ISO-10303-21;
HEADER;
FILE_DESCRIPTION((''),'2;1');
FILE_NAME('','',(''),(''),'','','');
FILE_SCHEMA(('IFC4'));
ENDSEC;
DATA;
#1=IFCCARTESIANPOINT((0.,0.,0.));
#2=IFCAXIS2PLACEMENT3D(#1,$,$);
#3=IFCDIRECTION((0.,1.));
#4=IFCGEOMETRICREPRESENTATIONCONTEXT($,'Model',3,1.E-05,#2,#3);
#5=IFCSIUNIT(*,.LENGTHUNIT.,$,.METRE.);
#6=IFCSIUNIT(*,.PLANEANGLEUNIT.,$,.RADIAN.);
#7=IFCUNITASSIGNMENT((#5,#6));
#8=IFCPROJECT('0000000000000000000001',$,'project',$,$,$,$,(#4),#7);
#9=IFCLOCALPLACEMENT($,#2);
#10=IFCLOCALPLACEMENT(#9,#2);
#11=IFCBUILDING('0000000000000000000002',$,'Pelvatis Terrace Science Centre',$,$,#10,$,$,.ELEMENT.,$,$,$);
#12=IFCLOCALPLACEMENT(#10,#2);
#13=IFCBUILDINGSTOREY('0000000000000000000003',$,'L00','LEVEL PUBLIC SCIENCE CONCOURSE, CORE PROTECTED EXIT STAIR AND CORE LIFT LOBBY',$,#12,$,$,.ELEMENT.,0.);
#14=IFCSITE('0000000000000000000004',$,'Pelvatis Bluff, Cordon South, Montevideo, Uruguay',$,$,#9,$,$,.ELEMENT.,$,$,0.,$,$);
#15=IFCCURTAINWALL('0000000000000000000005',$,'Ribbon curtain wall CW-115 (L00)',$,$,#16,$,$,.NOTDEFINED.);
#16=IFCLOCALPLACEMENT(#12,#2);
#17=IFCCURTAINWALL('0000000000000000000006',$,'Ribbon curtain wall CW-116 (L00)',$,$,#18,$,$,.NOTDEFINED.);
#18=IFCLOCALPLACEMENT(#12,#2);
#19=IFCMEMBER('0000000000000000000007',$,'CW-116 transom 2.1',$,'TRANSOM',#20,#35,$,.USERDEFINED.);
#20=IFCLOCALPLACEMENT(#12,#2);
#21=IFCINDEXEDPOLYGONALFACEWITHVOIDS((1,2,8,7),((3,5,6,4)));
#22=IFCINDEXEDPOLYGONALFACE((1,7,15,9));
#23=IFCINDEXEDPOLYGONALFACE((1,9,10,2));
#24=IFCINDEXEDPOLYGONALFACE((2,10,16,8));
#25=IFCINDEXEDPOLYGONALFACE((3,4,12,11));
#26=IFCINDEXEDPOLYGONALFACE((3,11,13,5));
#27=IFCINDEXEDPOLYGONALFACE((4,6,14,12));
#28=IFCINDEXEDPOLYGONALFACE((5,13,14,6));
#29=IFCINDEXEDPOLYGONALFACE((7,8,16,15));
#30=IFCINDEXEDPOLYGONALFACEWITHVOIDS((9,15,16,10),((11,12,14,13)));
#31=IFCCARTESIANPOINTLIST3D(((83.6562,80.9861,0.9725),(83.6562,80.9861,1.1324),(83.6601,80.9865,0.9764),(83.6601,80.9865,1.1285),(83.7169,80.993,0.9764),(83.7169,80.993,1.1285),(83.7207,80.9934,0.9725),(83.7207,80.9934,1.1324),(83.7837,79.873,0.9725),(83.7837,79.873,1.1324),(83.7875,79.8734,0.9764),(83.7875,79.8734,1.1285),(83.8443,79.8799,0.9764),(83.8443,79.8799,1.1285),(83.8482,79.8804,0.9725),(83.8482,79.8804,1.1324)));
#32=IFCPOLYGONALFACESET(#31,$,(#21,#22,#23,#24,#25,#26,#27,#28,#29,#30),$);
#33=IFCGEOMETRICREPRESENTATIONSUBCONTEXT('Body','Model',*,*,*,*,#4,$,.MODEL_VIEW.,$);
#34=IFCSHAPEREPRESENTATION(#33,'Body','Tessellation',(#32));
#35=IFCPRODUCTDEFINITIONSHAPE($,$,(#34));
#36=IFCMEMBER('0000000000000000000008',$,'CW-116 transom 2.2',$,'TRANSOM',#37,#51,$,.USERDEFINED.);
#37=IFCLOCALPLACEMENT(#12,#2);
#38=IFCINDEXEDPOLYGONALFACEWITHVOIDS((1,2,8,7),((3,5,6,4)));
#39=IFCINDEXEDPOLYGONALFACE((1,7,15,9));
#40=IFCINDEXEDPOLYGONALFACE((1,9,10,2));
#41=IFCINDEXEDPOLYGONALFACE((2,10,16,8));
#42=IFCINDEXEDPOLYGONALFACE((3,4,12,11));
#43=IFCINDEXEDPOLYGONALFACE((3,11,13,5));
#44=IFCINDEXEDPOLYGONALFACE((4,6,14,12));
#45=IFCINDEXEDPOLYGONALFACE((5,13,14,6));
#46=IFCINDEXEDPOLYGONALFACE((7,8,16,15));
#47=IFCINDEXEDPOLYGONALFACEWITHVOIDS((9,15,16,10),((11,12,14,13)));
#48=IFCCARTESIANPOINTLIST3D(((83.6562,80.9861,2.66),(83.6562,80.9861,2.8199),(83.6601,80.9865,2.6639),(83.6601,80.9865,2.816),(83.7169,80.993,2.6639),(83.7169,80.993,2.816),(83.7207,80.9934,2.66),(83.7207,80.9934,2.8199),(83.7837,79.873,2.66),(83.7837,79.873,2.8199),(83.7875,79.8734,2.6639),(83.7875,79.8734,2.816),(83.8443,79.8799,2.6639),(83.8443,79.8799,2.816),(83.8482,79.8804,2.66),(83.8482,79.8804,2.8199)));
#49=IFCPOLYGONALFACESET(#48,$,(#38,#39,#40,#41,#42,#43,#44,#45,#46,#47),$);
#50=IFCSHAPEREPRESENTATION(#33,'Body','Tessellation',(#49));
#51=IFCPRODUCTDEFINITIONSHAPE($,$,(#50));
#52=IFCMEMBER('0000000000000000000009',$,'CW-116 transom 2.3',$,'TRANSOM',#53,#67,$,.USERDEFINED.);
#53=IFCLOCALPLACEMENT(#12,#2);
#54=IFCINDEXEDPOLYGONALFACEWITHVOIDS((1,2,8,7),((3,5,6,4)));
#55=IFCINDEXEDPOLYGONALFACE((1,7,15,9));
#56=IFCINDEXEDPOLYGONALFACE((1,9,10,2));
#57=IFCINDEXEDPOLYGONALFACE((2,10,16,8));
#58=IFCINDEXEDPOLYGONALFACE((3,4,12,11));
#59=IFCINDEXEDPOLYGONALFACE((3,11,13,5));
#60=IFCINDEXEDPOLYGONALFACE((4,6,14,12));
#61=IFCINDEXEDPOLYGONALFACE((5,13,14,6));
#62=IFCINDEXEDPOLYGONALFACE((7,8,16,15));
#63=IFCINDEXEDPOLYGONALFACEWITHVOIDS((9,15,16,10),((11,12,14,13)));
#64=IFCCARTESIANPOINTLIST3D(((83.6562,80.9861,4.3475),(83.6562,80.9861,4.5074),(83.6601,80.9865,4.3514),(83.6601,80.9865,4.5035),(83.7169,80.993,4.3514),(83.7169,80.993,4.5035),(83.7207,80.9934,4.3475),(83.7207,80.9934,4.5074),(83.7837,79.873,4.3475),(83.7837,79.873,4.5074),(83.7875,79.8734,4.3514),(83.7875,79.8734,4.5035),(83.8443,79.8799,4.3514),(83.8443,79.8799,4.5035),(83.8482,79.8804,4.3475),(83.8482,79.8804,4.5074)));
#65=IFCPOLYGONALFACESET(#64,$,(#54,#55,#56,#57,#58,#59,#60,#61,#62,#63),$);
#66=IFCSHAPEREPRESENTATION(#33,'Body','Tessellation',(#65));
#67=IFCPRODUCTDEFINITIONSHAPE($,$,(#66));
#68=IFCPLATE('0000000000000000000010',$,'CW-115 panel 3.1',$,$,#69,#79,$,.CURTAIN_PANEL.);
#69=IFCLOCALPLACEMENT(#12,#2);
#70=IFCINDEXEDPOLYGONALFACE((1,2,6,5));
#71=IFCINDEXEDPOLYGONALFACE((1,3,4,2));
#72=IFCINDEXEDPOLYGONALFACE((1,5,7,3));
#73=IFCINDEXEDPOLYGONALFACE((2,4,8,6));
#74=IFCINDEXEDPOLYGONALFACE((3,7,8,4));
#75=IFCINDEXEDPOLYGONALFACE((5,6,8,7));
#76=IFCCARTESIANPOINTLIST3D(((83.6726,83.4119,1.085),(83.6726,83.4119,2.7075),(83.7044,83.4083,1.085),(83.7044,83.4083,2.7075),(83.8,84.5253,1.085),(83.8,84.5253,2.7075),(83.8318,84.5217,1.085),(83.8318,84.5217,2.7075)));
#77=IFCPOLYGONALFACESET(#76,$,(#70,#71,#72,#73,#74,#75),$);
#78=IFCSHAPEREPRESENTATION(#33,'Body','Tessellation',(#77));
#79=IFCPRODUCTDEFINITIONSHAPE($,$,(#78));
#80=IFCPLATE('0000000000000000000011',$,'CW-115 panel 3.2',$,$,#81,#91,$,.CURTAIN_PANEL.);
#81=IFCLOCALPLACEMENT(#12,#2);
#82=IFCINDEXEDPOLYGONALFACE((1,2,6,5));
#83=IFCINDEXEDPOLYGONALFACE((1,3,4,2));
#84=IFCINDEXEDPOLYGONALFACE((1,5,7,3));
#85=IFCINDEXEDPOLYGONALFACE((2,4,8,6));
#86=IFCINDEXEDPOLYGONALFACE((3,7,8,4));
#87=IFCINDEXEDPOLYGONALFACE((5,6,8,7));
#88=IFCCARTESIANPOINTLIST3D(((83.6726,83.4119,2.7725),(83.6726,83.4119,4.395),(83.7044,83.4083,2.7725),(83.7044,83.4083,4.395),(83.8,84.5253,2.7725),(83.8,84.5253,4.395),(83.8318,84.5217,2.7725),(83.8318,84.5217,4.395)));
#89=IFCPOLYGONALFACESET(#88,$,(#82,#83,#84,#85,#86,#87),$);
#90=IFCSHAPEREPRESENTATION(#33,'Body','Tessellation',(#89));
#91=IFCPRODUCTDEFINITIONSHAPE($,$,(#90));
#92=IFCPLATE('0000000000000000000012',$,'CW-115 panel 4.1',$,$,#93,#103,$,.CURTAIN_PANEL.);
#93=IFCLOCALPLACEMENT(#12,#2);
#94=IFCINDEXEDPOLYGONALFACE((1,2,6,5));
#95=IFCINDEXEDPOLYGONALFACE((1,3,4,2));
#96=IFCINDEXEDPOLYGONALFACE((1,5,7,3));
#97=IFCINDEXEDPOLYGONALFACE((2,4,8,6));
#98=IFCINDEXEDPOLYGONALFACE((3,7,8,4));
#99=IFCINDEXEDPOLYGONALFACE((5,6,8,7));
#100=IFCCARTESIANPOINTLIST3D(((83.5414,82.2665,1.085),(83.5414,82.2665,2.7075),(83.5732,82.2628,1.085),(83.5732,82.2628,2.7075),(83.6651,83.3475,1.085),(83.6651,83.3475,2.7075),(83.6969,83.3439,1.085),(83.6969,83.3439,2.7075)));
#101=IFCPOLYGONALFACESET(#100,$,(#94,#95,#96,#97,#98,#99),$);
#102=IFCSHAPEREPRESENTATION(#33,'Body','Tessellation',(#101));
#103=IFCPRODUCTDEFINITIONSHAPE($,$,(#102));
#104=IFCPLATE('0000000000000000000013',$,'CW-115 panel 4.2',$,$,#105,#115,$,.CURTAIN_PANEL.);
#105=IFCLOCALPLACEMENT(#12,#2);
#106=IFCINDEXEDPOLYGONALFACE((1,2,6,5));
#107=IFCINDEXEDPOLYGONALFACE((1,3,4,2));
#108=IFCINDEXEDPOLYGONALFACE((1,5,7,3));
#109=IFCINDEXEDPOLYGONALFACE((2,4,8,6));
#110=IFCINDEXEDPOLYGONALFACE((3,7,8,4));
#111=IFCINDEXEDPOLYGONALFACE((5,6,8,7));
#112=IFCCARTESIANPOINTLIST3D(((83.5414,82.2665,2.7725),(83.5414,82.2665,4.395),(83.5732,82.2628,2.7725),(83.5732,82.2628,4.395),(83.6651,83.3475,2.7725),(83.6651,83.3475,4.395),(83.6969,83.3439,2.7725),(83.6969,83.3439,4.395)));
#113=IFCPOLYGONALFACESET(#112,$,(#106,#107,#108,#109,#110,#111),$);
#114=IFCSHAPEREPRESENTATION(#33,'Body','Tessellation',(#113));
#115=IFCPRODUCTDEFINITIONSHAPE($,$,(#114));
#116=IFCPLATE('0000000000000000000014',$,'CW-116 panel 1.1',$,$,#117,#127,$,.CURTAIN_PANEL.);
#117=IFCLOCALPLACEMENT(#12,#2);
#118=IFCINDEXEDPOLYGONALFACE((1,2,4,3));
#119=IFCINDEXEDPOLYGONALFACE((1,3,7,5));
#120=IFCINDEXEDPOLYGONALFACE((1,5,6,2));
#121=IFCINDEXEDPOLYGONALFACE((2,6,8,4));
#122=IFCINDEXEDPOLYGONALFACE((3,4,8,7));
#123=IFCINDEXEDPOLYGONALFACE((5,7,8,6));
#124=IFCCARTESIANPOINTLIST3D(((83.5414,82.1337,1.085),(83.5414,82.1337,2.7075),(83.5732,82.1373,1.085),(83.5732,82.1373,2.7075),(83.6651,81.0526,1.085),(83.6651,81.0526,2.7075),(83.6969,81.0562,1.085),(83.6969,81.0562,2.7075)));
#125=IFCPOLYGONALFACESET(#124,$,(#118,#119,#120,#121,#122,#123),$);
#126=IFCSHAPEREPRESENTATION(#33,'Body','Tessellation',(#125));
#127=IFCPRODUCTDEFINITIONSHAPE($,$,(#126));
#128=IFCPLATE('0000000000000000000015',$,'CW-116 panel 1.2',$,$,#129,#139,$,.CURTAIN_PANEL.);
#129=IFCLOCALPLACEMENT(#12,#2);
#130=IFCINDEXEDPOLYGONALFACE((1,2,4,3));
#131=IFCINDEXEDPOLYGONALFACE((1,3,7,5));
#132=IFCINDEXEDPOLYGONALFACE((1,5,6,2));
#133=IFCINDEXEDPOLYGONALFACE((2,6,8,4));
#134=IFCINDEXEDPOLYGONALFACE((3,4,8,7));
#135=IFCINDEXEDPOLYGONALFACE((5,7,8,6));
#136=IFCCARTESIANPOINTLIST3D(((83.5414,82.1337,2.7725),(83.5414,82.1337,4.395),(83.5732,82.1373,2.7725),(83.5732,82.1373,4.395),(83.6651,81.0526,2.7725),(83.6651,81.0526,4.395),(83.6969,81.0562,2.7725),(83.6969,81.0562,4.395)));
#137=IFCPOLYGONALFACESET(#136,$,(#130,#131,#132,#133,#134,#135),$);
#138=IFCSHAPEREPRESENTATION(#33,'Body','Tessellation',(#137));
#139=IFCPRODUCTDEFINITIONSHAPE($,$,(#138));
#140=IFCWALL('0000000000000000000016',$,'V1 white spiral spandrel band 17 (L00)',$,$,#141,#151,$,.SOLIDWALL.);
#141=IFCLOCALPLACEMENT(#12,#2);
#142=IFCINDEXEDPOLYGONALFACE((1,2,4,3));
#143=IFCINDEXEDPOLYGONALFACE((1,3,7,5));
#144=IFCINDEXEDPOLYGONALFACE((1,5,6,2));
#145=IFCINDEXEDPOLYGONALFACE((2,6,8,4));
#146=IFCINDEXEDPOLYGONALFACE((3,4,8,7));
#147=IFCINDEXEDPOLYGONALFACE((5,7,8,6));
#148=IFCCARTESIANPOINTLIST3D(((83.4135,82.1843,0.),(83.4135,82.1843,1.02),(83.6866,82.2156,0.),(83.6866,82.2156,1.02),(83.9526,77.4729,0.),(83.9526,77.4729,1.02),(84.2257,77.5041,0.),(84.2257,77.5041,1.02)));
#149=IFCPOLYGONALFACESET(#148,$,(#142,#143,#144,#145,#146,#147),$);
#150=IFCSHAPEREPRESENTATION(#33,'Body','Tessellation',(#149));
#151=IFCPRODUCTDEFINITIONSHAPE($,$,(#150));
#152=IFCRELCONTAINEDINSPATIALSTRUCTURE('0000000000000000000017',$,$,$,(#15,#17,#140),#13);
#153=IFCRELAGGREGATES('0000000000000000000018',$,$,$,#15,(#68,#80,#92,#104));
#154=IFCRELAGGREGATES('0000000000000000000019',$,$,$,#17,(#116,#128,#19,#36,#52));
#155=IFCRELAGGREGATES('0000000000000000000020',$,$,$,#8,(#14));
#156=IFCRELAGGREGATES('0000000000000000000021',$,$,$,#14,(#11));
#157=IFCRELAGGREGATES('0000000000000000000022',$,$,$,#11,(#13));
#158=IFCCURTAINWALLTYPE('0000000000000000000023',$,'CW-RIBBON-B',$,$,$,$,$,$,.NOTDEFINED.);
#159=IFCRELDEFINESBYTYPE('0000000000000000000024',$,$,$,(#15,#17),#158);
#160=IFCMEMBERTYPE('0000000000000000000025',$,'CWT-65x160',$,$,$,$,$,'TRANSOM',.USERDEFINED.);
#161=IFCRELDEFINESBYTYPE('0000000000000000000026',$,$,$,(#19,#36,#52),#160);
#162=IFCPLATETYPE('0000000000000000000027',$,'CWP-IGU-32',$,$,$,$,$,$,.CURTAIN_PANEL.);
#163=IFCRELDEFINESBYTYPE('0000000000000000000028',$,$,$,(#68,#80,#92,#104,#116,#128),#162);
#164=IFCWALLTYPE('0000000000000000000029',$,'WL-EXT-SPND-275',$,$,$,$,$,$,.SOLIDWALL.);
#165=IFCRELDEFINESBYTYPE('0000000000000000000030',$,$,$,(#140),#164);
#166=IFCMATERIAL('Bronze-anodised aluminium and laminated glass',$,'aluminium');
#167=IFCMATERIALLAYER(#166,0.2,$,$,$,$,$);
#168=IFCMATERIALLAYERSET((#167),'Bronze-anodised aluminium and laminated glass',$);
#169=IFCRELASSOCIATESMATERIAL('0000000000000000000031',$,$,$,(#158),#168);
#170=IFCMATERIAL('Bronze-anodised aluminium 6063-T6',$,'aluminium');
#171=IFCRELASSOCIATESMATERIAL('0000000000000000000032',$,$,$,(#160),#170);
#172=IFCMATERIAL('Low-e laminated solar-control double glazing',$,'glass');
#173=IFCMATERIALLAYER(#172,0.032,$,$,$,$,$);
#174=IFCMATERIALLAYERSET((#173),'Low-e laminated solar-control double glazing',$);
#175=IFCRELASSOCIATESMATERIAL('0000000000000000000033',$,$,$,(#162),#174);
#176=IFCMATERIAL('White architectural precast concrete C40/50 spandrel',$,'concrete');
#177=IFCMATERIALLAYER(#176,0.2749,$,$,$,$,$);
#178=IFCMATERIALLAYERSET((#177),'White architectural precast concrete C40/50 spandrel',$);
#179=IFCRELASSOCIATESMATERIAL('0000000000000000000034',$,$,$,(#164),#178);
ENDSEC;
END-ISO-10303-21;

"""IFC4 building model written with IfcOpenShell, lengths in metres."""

from ifc_helpers import new_model, si_unit, direction, frame, frame_2d, origin, origin_2d, place, context, subcontext, project, spatial, rectangle, hollow_rectangle, extrude, material, layer, layer_set, material_profile, profile_set, type_object, element, aggregate, save


model = new_model("IFC4")

# Units and contexts
model_context = context("Model", 3, precision=1e-05, world=origin(), true_north=direction((0.0, 1.0)))
body_context = subcontext(model_context, "Body", "Model", "MODEL_VIEW")
ifc_project = project(units=[si_unit("LENGTHUNIT", "METRE"), si_unit("PLANEANGLEUNIT", "RADIAN")], contexts=[model_context])

# Site, building, storey
site_placement = place(None, origin())
site = spatial("IfcSite", under=ifc_project, at=site_placement, Name="Pelvatis Bluff, Cordon South, Montevideo, Uruguay", CompositionType="ELEMENT", RefElevation=0.0)
building_placement = place(site_placement, origin())
building = spatial("IfcBuilding", under=site, at=building_placement, Name="Pelvatis Terrace Science Centre", CompositionType="ELEMENT")
storey_placement = place(building_placement, origin())
storey = spatial("IfcBuildingStorey", under=building, at=storey_placement, Name="L00", Description="LEVEL PUBLIC SCIENCE CONCOURSE, CORE PROTECTED EXIT STAIR AND CORE LIFT LOBBY", CompositionType="ELEMENT", Elevation=0.0)

# Curtain walls
ifc_material_1 = material(Name="Bronze-anodised aluminium and laminated glass", Category="aluminium")
ifc_layer_1 = layer(ifc_material_1, 0.2)
ifc_layer_set_1 = layer_set([ifc_layer_1], Name="Bronze-anodised aluminium and laminated glass")
curtain_wall_type = type_object("IfcCurtainWallType", Name="CW-RIBBON-B", PredefinedType="NOTDEFINED", material=ifc_layer_set_1)
curtain_wall_1_placement = place(storey_placement, origin())
curtain_wall_1 = element("IfcCurtainWall", 1, at=curtain_wall_1_placement, inside=storey, type_object=curtain_wall_type, Name="Ribbon curtain wall CW-115 (L00)", PredefinedType="NOTDEFINED")
curtain_wall_2_placement = place(storey_placement, origin())
curtain_wall_2 = element("IfcCurtainWall", 2, at=curtain_wall_2_placement, inside=storey, type_object=curtain_wall_type, Name="Ribbon curtain wall CW-116 (L00)", PredefinedType="NOTDEFINED")

# Members
ifc_material_2 = material(Name="Bronze-anodised aluminium 6063-T6", Category="aluminium")
ifc_material_profile_1 = material_profile(ifc_material_2, hollow_rectangle(XDim=0.0649, YDim=0.1599, WallThickness=0.0039, at=origin_2d()), Name="ALU-TRN 65x160")
ifc_profile_set_1 = profile_set([ifc_material_profile_1], Name="Bronze-anodised aluminium 6063-T6")
member_type_1 = type_object("IfcMemberType", Name="CWT-65x160", ElementType="TRANSOM", PredefinedType="USERDEFINED", material=ifc_profile_set_1)
member_1_placement = place(storey_placement, frame((83.6885, 80.9897, 1.0525), z_axis=(0.113756, -0.993509, 0.0), x_axis=(0.993509, 0.113756, 0.0)))
member_1 = element("IfcMember", 3, at=member_1_placement, type_object=member_type_1, Name="CW-116 transom 2.1", ObjectType="TRANSOM", PredefinedType="USERDEFINED", context=body_context, shape_type="SweptSolid", body=[
    extrude(hollow_rectangle(XDim=0.0649, YDim=0.1599, WallThickness=0.0039, at=origin_2d()), origin(), (0.0, 0.0, 1.0), 1.1204),
])
member_2_placement = place(storey_placement, frame((83.6885, 80.9897, 2.74), z_axis=(0.113756, -0.993509, 0.0), x_axis=(0.993509, 0.113756, 0.0)))
member_2 = element("IfcMember", 4, at=member_2_placement, type_object=member_type_1, Name="CW-116 transom 2.2", ObjectType="TRANSOM", PredefinedType="USERDEFINED", context=body_context, shape_type="SweptSolid", body=[
    extrude(hollow_rectangle(XDim=0.0649, YDim=0.1599, WallThickness=0.0039, at=origin_2d()), origin(), (0.0, 0.0, 1.0), 1.1204),
])
member_3_placement = place(storey_placement, frame((83.6885, 80.9897, 4.4275), z_axis=(0.113756, -0.993509, 0.0), x_axis=(0.993509, 0.113756, 0.0)))
member_3 = element("IfcMember", 5, at=member_3_placement, type_object=member_type_1, Name="CW-116 transom 2.3", ObjectType="TRANSOM", PredefinedType="USERDEFINED", context=body_context, shape_type="SweptSolid", body=[
    extrude(hollow_rectangle(XDim=0.0649, YDim=0.1599, WallThickness=0.0039, at=origin_2d()), origin(), (0.0, 0.0, 1.0), 1.1204),
])

# Plates
ifc_material_3 = material(Name="Low-e laminated solar-control double glazing", Category="glass")
ifc_layer_2 = layer(ifc_material_3, 0.032)
ifc_layer_set_2 = layer_set([ifc_layer_2], Name="Low-e laminated solar-control double glazing")
plate_type = type_object("IfcPlateType", Name="CWP-IGU-32", PredefinedType="CURTAIN_PANEL", material=ifc_layer_set_2)
plate_1_placement = place(storey_placement, frame((83.7522, 83.9668, 1.085), z_axis=(0.0, 0.0, 1.0), x_axis=(-0.113662, -0.993519, 0.0)))
plate_1 = element("IfcPlate", 6, at=plate_1_placement, type_object=plate_type, Name="CW-115 panel 3.1", PredefinedType="CURTAIN_PANEL", context=body_context, shape_type="SweptSolid", body=[
    extrude(rectangle(XDim=1.1206, YDim=0.032, at=origin_2d()), origin(), (0.0, 0.0, 1.0), 1.6226),
])
plate_2_placement = place(storey_placement, frame((83.7522, 83.9668, 2.7725), z_axis=(0.0, 0.0, 1.0), x_axis=(-0.113662, -0.993519, 0.0)))
plate_2 = element("IfcPlate", 7, at=plate_2_placement, type_object=plate_type, Name="CW-115 panel 3.2", PredefinedType="CURTAIN_PANEL", context=body_context, shape_type="SweptSolid", body=[
    extrude(rectangle(XDim=1.1206, YDim=0.032, at=origin_2d()), origin(), (0.0, 0.0, 1.0), 1.6226),
])
plate_3_placement = place(storey_placement, frame((83.6191, 82.8052, 1.085), z_axis=(0.0, 0.0, 1.0), x_axis=(-0.113662, -0.993519, 0.0)))
plate_3 = element("IfcPlate", 8, at=plate_3_placement, type_object=plate_type, Name="CW-115 panel 4.1", PredefinedType="CURTAIN_PANEL", context=body_context, shape_type="SweptSolid", body=[
    extrude(rectangle(XDim=1.0881, YDim=0.032, at=origin_2d()), origin(), (0.0, 0.0, 1.0), 1.6226),
])
plate_4_placement = place(storey_placement, frame((83.6191, 82.8052, 2.7725), z_axis=(0.0, 0.0, 1.0), x_axis=(-0.113662, -0.993519, 0.0)))
plate_4 = element("IfcPlate", 9, at=plate_4_placement, type_object=plate_type, Name="CW-115 panel 4.2", PredefinedType="CURTAIN_PANEL", context=body_context, shape_type="SweptSolid", body=[
    extrude(rectangle(XDim=1.0881, YDim=0.032, at=origin_2d()), origin(), (0.0, 0.0, 1.0), 1.6226),
])
aggregate(curtain_wall_1, [plate_1, plate_2, plate_3, plate_4])
plate_5_placement = place(storey_placement, frame((83.6191, 81.595, 1.085), z_axis=(0.0, 0.0, 1.0), x_axis=(0.113662, -0.993519, 0.0)))
plate_5 = element("IfcPlate", 10, at=plate_5_placement, type_object=plate_type, Name="CW-116 panel 1.1", PredefinedType="CURTAIN_PANEL", context=body_context, shape_type="SweptSolid", body=[
    extrude(rectangle(XDim=1.0881, YDim=0.032, at=origin_2d()), origin(), (0.0, 0.0, 1.0), 1.6226),
])
plate_6_placement = place(storey_placement, frame((83.6191, 81.595, 2.7725), z_axis=(0.0, 0.0, 1.0), x_axis=(0.113662, -0.993519, 0.0)))
plate_6 = element("IfcPlate", 11, at=plate_6_placement, type_object=plate_type, Name="CW-116 panel 1.2", PredefinedType="CURTAIN_PANEL", context=body_context, shape_type="SweptSolid", body=[
    extrude(rectangle(XDim=1.0881, YDim=0.032, at=origin_2d()), origin(), (0.0, 0.0, 1.0), 1.6226),
])
aggregate(curtain_wall_2, [plate_5, plate_6, member_1, member_2, member_3])

# Wall
ifc_material_4 = material(Name="White architectural precast concrete C40/50 spandrel", Category="concrete")
ifc_layer_3 = layer(ifc_material_4, 0.2749)
ifc_layer_set_3 = layer_set([ifc_layer_3], Name="White architectural precast concrete C40/50 spandrel")
wall_type = type_object("IfcWallType", Name="WL-EXT-SPND-275", PredefinedType="SOLIDWALL", material=ifc_layer_set_3)
wall_placement = place(storey_placement, frame((83.55, 82.2, 0.0), z_axis=(0.0, 0.0, 1.0), x_axis=(0.113674, -0.993518, 0.0)))
element("IfcWall", 12, at=wall_placement, inside=storey, type_object=wall_type, Name="V1 white spiral spandrel band 17 (L00)", PredefinedType="SOLIDWALL", context=body_context, shape_type="SweptSolid", body=[
    extrude(rectangle(XDim=4.7422, YDim=0.2749, at=frame_2d((2.3711, 0.0))), origin(), (0.0, 0.0, 1.0), 1.02),
])

save(model, "model.ifc")
